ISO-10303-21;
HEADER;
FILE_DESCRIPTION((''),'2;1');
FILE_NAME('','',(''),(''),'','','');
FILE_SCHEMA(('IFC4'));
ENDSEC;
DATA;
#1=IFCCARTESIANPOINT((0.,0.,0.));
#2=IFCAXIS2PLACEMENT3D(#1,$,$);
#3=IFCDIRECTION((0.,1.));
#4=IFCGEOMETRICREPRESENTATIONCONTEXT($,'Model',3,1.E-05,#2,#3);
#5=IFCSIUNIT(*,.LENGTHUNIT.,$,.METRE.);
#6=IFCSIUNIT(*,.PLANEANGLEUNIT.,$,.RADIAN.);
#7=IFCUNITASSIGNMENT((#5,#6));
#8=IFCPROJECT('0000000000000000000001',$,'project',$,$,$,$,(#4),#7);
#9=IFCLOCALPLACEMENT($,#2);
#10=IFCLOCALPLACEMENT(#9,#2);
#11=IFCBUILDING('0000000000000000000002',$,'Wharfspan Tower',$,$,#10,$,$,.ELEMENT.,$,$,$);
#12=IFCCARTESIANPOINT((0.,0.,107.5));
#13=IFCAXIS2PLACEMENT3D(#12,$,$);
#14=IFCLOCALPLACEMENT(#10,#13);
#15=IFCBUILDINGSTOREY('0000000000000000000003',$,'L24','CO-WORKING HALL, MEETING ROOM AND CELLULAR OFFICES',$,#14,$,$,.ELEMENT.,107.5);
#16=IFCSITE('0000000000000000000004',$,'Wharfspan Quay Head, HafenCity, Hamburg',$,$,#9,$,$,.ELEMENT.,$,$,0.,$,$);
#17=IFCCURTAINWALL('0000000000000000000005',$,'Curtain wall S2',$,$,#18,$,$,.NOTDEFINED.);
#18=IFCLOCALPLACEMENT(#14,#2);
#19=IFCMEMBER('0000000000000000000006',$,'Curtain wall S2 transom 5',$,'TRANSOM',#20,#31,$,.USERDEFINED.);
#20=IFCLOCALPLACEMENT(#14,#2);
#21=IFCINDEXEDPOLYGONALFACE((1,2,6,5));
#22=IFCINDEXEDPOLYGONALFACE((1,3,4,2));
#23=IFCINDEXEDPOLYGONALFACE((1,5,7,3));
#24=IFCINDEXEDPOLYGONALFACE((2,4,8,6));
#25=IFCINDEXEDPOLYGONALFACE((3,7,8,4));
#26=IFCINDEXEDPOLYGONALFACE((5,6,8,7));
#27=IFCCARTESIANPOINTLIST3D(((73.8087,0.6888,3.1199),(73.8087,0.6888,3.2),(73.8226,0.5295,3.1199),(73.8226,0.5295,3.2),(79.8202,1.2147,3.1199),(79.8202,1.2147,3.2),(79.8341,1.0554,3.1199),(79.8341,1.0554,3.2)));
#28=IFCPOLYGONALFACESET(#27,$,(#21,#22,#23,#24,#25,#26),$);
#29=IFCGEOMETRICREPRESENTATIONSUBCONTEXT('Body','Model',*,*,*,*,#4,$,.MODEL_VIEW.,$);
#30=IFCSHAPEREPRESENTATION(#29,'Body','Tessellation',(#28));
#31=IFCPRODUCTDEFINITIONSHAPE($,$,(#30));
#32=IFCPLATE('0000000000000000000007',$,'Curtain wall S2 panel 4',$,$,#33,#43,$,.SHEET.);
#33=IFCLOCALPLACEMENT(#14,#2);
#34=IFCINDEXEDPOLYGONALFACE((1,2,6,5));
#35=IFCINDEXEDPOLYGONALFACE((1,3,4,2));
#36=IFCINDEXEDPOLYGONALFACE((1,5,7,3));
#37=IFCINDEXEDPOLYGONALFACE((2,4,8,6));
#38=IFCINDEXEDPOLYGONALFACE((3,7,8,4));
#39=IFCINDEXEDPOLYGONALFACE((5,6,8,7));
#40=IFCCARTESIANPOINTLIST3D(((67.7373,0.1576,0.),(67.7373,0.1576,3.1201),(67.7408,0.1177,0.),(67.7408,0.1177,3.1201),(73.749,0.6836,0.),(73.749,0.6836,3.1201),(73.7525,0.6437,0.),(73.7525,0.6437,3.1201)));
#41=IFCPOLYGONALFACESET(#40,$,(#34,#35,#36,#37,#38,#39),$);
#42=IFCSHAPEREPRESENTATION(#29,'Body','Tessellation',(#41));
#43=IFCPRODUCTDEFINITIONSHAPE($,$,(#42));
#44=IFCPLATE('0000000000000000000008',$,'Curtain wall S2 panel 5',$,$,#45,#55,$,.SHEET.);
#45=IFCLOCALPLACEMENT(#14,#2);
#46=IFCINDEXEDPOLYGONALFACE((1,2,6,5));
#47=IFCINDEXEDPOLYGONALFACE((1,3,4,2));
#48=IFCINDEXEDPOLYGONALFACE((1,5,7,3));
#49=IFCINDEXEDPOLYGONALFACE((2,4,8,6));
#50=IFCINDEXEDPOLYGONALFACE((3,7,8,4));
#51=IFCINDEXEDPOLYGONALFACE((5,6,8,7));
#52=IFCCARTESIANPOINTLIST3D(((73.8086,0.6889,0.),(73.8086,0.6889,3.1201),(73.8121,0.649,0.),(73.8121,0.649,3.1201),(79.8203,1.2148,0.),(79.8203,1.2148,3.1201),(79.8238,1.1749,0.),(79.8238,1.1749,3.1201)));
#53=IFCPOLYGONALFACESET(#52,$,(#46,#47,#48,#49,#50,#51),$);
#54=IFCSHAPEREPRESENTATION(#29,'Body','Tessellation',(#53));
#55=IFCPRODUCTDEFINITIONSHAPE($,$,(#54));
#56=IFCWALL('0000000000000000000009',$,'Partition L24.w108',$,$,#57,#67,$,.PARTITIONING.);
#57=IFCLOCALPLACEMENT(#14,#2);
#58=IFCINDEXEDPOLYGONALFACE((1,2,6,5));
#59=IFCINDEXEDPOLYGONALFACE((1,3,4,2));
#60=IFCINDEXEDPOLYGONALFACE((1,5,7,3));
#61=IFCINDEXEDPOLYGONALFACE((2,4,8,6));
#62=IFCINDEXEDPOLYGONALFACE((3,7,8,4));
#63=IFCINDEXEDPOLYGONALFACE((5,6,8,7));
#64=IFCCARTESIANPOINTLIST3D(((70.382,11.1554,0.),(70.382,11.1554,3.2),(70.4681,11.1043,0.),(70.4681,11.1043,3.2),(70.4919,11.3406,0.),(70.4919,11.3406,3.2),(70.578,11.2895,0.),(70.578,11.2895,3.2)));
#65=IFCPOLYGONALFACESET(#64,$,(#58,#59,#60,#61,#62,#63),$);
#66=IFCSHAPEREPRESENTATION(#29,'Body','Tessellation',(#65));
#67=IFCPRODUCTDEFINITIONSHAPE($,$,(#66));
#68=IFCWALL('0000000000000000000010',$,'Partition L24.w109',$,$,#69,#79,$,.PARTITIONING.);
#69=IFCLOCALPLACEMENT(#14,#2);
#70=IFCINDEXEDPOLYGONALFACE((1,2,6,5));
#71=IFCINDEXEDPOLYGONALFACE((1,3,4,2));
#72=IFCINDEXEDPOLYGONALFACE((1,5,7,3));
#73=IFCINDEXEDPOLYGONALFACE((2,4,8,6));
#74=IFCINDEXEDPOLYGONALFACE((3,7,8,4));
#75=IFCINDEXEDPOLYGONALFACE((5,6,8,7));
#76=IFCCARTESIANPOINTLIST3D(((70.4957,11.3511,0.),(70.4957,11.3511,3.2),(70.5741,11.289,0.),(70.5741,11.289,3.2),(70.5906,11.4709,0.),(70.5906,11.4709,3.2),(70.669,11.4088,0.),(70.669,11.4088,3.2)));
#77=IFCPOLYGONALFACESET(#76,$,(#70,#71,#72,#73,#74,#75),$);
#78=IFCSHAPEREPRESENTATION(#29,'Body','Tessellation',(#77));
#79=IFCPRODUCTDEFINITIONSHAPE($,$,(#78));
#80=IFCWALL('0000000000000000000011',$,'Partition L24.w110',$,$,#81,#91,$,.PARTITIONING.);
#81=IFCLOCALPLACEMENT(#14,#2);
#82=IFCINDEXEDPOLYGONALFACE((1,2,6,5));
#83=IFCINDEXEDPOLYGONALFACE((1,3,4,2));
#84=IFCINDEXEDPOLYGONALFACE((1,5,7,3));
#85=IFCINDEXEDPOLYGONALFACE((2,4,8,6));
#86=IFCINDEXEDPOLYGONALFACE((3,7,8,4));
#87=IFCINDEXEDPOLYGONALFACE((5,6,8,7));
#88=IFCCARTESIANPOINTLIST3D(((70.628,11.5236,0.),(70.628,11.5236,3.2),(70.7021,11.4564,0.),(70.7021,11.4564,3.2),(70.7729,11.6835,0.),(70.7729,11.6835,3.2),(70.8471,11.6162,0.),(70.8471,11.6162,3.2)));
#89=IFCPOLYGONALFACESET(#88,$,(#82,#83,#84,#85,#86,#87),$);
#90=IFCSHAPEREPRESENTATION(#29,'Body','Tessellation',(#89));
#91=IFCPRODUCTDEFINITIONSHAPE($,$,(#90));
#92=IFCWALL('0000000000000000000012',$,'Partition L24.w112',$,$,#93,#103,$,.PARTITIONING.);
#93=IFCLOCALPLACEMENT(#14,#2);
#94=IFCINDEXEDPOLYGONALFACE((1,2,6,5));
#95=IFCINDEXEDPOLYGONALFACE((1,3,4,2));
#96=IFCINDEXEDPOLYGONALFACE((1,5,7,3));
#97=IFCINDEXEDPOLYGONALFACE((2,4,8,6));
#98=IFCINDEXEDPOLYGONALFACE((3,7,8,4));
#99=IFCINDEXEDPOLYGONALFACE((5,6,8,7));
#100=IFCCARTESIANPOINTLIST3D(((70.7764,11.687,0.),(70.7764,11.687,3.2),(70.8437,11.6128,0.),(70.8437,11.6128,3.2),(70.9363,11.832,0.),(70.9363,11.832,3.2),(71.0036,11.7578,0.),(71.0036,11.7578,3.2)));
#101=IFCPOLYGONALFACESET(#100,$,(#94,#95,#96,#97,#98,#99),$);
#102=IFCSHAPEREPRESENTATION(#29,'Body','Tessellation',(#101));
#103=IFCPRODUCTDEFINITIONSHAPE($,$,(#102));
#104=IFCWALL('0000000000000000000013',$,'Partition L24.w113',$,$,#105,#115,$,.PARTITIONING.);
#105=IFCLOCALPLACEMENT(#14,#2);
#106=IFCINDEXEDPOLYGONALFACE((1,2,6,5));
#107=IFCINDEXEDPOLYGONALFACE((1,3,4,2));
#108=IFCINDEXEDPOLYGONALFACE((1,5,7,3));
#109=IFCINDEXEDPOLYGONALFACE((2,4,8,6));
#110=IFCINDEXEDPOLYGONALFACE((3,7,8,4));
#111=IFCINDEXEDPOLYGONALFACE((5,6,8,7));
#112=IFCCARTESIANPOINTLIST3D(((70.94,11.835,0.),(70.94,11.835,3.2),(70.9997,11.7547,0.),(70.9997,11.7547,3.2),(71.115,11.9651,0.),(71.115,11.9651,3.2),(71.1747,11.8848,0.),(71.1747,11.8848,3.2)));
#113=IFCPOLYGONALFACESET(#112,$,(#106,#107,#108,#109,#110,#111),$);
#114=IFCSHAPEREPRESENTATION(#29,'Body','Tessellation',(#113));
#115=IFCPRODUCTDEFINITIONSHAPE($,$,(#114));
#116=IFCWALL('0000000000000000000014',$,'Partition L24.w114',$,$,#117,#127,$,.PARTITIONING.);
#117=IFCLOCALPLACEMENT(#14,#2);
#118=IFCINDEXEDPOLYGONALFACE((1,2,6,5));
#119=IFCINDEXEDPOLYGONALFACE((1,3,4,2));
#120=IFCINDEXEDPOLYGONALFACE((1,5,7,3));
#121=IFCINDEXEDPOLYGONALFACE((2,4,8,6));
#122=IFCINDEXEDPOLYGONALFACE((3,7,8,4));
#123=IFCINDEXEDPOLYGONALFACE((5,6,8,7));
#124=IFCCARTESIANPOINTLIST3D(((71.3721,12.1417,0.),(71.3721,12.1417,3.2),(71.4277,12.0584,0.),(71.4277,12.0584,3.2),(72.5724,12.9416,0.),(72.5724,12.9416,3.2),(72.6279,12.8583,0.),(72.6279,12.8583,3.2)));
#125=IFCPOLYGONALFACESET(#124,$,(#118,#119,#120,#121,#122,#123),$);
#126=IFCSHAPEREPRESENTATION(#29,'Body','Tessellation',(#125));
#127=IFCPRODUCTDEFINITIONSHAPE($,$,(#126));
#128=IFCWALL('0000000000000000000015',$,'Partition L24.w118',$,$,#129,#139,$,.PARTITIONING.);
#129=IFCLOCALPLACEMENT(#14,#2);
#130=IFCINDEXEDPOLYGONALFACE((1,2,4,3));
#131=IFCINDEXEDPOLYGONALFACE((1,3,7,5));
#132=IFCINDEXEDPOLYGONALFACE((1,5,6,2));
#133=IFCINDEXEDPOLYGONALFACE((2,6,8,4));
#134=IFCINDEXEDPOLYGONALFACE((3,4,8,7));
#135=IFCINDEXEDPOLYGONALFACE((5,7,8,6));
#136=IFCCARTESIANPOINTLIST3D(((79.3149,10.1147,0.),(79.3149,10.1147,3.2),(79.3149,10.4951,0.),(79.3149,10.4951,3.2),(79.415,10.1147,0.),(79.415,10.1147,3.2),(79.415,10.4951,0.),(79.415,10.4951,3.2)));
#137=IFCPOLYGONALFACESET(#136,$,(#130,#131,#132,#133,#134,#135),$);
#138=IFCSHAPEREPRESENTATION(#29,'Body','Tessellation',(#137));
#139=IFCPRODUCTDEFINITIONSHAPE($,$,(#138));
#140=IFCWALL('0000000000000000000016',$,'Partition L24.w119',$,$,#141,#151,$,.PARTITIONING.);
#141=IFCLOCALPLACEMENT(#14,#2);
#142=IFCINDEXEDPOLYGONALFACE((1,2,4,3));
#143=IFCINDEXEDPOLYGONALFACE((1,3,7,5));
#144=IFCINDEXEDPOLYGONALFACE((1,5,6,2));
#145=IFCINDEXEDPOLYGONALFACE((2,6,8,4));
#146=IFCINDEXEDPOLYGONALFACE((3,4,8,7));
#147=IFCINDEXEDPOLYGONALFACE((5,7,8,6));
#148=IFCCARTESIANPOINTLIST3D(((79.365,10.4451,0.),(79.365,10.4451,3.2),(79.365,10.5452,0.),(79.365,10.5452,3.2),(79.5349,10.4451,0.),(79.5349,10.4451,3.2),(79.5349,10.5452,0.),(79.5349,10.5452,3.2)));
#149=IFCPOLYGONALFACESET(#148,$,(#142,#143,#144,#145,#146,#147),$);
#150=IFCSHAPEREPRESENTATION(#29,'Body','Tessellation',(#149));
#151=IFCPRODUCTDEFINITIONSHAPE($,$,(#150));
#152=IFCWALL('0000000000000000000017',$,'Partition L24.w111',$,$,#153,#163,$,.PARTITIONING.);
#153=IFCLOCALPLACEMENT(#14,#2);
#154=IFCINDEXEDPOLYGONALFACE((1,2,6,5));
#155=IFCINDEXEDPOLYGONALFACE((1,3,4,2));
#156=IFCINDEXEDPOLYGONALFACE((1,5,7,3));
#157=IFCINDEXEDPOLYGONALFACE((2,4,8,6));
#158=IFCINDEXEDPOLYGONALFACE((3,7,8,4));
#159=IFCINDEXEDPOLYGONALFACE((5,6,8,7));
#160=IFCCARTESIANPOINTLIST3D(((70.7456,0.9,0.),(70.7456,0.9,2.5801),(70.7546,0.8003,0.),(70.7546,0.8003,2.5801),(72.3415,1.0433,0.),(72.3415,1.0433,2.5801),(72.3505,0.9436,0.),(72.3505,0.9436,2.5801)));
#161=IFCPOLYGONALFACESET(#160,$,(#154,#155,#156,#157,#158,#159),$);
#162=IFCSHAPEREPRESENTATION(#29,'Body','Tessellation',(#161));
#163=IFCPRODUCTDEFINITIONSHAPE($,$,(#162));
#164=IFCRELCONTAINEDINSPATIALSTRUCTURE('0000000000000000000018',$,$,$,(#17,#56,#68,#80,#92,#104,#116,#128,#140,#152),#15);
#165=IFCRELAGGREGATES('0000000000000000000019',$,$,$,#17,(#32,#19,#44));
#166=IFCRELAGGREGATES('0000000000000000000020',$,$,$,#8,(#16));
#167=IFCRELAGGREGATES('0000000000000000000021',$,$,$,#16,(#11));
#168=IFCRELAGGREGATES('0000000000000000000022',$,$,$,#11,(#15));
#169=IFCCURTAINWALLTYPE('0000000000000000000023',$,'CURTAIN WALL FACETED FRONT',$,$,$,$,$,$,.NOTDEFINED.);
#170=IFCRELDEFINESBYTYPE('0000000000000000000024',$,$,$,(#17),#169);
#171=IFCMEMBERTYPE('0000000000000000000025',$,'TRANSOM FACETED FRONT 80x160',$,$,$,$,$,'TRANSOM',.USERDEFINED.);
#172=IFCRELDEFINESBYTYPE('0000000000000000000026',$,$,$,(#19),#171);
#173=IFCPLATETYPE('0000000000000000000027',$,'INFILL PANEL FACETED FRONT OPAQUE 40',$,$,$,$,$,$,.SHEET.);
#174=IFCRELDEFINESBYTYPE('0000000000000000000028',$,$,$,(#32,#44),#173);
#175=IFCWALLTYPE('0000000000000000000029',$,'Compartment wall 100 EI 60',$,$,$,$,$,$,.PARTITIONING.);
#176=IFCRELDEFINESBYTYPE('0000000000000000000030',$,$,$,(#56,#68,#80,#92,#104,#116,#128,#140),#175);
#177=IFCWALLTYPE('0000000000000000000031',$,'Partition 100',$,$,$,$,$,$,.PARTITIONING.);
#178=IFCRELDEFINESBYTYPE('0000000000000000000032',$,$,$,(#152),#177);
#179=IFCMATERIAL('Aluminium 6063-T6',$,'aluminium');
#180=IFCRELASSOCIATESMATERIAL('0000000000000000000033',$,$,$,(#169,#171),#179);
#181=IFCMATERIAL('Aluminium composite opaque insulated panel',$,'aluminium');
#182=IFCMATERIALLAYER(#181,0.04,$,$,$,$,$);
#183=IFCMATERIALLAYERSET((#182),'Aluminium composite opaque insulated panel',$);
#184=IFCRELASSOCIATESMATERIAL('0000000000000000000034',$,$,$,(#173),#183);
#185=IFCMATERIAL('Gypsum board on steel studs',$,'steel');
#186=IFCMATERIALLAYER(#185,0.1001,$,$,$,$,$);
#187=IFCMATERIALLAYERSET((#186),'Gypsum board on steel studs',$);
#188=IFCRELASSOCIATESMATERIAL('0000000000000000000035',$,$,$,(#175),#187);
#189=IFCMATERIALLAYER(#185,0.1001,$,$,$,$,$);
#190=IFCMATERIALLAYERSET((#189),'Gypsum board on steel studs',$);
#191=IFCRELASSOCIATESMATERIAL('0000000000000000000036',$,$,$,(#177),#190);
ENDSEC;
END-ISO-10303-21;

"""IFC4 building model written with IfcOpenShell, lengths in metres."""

from ifc_helpers import new_model, si_unit, direction, frame, frame_2d, origin, origin_2d, place, context, subcontext, project, spatial, rectangle, extrude, material, layer, layer_set, material_profile, profile_set, type_object, element, aggregate, save


model = new_model("IFC4")

# Units and contexts
model_context = context("Model", 3, precision=1e-05, world=origin(), true_north=direction((0.0, 1.0)))
body_context = subcontext(model_context, "Body", "Model", "MODEL_VIEW")
ifc_project = project(units=[si_unit("LENGTHUNIT", "METRE"), si_unit("PLANEANGLEUNIT", "RADIAN")], contexts=[model_context])

# Site, building, storey
site_placement = place(None, origin())
site = spatial("IfcSite", under=ifc_project, at=site_placement, Name="Wharfspan Quay Head, HafenCity, Hamburg", CompositionType="ELEMENT", RefElevation=0.0)
building_placement = place(site_placement, origin())
building = spatial("IfcBuilding", under=site, at=building_placement, Name="Wharfspan Tower", CompositionType="ELEMENT")
storey_placement = place(building_placement, frame((0.0, 0.0, 107.5)))
storey = spatial("IfcBuildingStorey", under=building, at=storey_placement, Name="L24", Description="CO-WORKING HALL, MEETING ROOM AND CELLULAR OFFICES", CompositionType="ELEMENT", Elevation=107.5)

# Curtain wall
ifc_material_1 = material(Name="Aluminium 6063-T6", Category="aluminium")
curtain_wall_type = type_object("IfcCurtainWallType", Name="CURTAIN WALL FACETED FRONT", PredefinedType="NOTDEFINED", material=ifc_material_1)
curtain_wall_placement = place(storey_placement, origin())
curtain_wall = element("IfcCurtainWall", 1, at=curtain_wall_placement, inside=storey, type_object=curtain_wall_type, Name="Curtain wall S2", PredefinedType="NOTDEFINED")

# Member
ifc_material_profile_1 = material_profile(ifc_material_1, rectangle(XDim=0.1599, YDim=0.0801, at=origin_2d()))
ifc_profile_set_1 = profile_set([ifc_material_profile_1], Name="Aluminium 6063-T6")
member_type_1 = type_object("IfcMemberType", Name="TRANSOM FACETED FRONT 80x160", ElementType="TRANSOM", PredefinedType="USERDEFINED", material=ifc_profile_set_1)
member_1_placement = place(storey_placement, frame((73.8157, 0.6091, 3.1599), z_axis=(0.996196, 0.087146, 0.0), x_axis=(-0.087146, 0.996196, 0.0)))
member_1 = element("IfcMember", 2, at=member_1_placement, type_object=member_type_1, Name="Curtain wall S2 transom 5", ObjectType="TRANSOM", PredefinedType="USERDEFINED", context=body_context, shape_type="SweptSolid", body=[
    extrude(rectangle(XDim=0.1599, YDim=0.0801, at=origin_2d()), origin(), (0.0, 0.0, 1.0), 6.0344),
])

# Plates
ifc_material_2 = material(Name="Aluminium composite opaque insulated panel", Category="aluminium")
ifc_layer_1 = layer(ifc_material_2, 0.04)
ifc_layer_set_1 = layer_set([ifc_layer_1], Name="Aluminium composite opaque insulated panel")
plate_type = type_object("IfcPlateType", Name="INFILL PANEL FACETED FRONT OPAQUE 40", PredefinedType="SHEET", material=ifc_layer_set_1)
plate_1_placement = place(storey_placement, frame((70.7449, 0.4006, 0.0), z_axis=(0.0, 0.0, 1.0), x_axis=(0.996198, 0.087156, 0.0)))
plate_1 = element("IfcPlate", 3, at=plate_1_placement, type_object=plate_type, Name="Curtain wall S2 panel 4", PredefinedType="SHEET", context=body_context, shape_type="SweptSolid", body=[
    extrude(rectangle(XDim=6.0347, YDim=0.04, at=origin_2d()), origin(), (0.0, 0.0, 1.0), 3.1201),
])
plate_2_placement = place(storey_placement, frame((76.8162, 0.9319, 0.0), z_axis=(0.0, 0.0, 1.0), x_axis=(0.996198, 0.087156, 0.0)))
plate_2 = element("IfcPlate", 4, at=plate_2_placement, type_object=plate_type, Name="Curtain wall S2 panel 5", PredefinedType="SHEET", context=body_context, shape_type="SweptSolid", body=[
    extrude(rectangle(XDim=6.0347, YDim=0.04, at=origin_2d()), origin(), (0.0, 0.0, 1.0), 3.1201),
])
aggregate(curtain_wall, [plate_1, member_1, plate_2])

# Walls
ifc_material_3 = material(Name="Gypsum board on steel studs", Category="steel")
ifc_layer_2 = layer(ifc_material_3, 0.1001)
ifc_layer_set_2 = layer_set([ifc_layer_2], Name="Gypsum board on steel studs")
wall_type_1 = type_object("IfcWallType", Name="Compartment wall 100 EI 60", PredefinedType="PARTITIONING", material=ifc_layer_set_2)
wall_1_placement = place(storey_placement, frame((70.425, 11.1299, 0.0), z_axis=(0.0, 0.0, 1.0), x_axis=(0.510487, 0.859887, 0.0)))
element("IfcWall", 5, at=wall_1_placement, inside=storey, type_object=wall_type_1, Name="Partition L24.w108", PredefinedType="PARTITIONING", context=body_context, shape_type="SweptSolid", body=[
    extrude(rectangle(XDim=0.2153, YDim=0.1001, at=frame_2d((0.1077, 0.0))), origin(), (0.0, 0.0, 1.0), 3.2),
])
wall_2_placement = place(storey_placement, frame((70.5349, 11.3201, 0.0), z_axis=(0.0, 0.0, 1.0), x_axis=(0.620989, 0.783819, 0.0)))
element("IfcWall", 6, at=wall_2_placement, inside=storey, type_object=wall_type_1, Name="Partition L24.w109", PredefinedType="PARTITIONING", context=body_context, shape_type="SweptSolid", body=[
    extrude(rectangle(XDim=0.1528, YDim=0.1001, at=frame_2d((0.0764, 0.0))), origin(), (0.0, 0.0, 1.0), 3.2),
])
for number, where, z_axis, x_axis, name in (
    (7, (70.665, 11.49, 0.0), (0.0, 0.0, 1.0), (0.671775, 0.740762, 0.0), "Partition L24.w110"),
    (8, (70.8101, 11.6499, 0.0), (0.0, 0.0, 1.0), (0.740762, 0.671775, 0.0), "Partition L24.w112"),
):
    element("IfcWall", number, at=place(storey_placement, frame(where, z_axis=z_axis, x_axis=x_axis)), inside=storey, type_object=wall_type_1, Name=name, PredefinedType="PARTITIONING", context=body_context, shape_type="SweptSolid", body=[
        extrude(rectangle(XDim=0.2158, YDim=0.1001, at=frame_2d((0.1079, 0.0))), origin(), (0.0, 0.0, 1.0), 3.2),
    ])
wall_3_placement = place(storey_placement, frame((70.97, 11.7949, 0.0), z_axis=(0.0, 0.0, 1.0), x_axis=(0.802549, 0.596595, 0.0)))
element("IfcWall", 9, at=wall_3_placement, inside=storey, type_object=wall_type_1, Name="Partition L24.w113", PredefinedType="PARTITIONING", context=body_context, shape_type="SweptSolid", body=[
    extrude(rectangle(XDim=0.218, YDim=0.1001, at=frame_2d((0.1089, 0.0))), origin(), (0.0, 0.0, 1.0), 3.2),
])
wall_4_placement = place(storey_placement, frame((71.3999, 12.1001, 0.0), z_axis=(0.0, 0.0, 1.0), x_axis=(0.83215, 0.554541, 0.0)))
element("IfcWall", 10, at=wall_4_placement, inside=storey, type_object=wall_type_1, Name="Partition L24.w114", PredefinedType="PARTITIONING", context=body_context, shape_type="SweptSolid", body=[
    extrude(rectangle(XDim=1.4424, YDim=0.1001, at=frame_2d((0.7212, 0.0))), origin(), (0.0, 0.0, 1.0), 3.2),
])
wall_5_placement = place(storey_placement, frame((79.365, 10.1147, 0.0), z_axis=(0.0, 0.0, 1.0), x_axis=(0.0, 1.0, 0.0)))
element("IfcWall", 11, at=wall_5_placement, inside=storey, type_object=wall_type_1, Name="Partition L24.w118", PredefinedType="PARTITIONING", context=body_context, shape_type="SweptSolid", body=[
    extrude(rectangle(XDim=0.3804, YDim=0.1001, at=frame_2d((0.1902, 0.0))), origin(), (0.0, 0.0, 1.0), 3.2),
])
wall_6_placement = place(storey_placement, frame((79.365, 10.4951, 0.0), z_axis=(0.0, 0.0, 1.0), x_axis=(1.0, 0.0, 0.0)))
element("IfcWall", 12, at=wall_6_placement, inside=storey, type_object=wall_type_1, Name="Partition L24.w119", PredefinedType="PARTITIONING", context=body_context, shape_type="SweptSolid", body=[
    extrude(rectangle(XDim=0.1699, YDim=0.1001, at=frame_2d((0.085, 0.0))), origin(), (0.0, 0.0, 1.0), 3.2),
])
ifc_layer_3 = layer(ifc_material_3, 0.1001)
ifc_layer_set_3 = layer_set([ifc_layer_3], Name="Gypsum board on steel studs")
wall_type_2 = type_object("IfcWallType", Name="Partition 100", PredefinedType="PARTITIONING", material=ifc_layer_set_3)
wall_7_placement = place(storey_placement, frame((70.75, 0.8501, 0.0), z_axis=(0.0, 0.0, 1.0), x_axis=(0.995996, 0.089437, 0.0)))
element("IfcWall", 13, at=wall_7_placement, inside=storey, type_object=wall_type_2, Name="Partition L24.w111", PredefinedType="PARTITIONING", context=body_context, shape_type="SweptSolid", body=[
    extrude(rectangle(XDim=1.6023, YDim=0.1001, at=frame_2d((0.8013, 0.0))), origin(), (0.0, 0.0, 1.0), 2.5801),
])

save(model, "model.ifc")
